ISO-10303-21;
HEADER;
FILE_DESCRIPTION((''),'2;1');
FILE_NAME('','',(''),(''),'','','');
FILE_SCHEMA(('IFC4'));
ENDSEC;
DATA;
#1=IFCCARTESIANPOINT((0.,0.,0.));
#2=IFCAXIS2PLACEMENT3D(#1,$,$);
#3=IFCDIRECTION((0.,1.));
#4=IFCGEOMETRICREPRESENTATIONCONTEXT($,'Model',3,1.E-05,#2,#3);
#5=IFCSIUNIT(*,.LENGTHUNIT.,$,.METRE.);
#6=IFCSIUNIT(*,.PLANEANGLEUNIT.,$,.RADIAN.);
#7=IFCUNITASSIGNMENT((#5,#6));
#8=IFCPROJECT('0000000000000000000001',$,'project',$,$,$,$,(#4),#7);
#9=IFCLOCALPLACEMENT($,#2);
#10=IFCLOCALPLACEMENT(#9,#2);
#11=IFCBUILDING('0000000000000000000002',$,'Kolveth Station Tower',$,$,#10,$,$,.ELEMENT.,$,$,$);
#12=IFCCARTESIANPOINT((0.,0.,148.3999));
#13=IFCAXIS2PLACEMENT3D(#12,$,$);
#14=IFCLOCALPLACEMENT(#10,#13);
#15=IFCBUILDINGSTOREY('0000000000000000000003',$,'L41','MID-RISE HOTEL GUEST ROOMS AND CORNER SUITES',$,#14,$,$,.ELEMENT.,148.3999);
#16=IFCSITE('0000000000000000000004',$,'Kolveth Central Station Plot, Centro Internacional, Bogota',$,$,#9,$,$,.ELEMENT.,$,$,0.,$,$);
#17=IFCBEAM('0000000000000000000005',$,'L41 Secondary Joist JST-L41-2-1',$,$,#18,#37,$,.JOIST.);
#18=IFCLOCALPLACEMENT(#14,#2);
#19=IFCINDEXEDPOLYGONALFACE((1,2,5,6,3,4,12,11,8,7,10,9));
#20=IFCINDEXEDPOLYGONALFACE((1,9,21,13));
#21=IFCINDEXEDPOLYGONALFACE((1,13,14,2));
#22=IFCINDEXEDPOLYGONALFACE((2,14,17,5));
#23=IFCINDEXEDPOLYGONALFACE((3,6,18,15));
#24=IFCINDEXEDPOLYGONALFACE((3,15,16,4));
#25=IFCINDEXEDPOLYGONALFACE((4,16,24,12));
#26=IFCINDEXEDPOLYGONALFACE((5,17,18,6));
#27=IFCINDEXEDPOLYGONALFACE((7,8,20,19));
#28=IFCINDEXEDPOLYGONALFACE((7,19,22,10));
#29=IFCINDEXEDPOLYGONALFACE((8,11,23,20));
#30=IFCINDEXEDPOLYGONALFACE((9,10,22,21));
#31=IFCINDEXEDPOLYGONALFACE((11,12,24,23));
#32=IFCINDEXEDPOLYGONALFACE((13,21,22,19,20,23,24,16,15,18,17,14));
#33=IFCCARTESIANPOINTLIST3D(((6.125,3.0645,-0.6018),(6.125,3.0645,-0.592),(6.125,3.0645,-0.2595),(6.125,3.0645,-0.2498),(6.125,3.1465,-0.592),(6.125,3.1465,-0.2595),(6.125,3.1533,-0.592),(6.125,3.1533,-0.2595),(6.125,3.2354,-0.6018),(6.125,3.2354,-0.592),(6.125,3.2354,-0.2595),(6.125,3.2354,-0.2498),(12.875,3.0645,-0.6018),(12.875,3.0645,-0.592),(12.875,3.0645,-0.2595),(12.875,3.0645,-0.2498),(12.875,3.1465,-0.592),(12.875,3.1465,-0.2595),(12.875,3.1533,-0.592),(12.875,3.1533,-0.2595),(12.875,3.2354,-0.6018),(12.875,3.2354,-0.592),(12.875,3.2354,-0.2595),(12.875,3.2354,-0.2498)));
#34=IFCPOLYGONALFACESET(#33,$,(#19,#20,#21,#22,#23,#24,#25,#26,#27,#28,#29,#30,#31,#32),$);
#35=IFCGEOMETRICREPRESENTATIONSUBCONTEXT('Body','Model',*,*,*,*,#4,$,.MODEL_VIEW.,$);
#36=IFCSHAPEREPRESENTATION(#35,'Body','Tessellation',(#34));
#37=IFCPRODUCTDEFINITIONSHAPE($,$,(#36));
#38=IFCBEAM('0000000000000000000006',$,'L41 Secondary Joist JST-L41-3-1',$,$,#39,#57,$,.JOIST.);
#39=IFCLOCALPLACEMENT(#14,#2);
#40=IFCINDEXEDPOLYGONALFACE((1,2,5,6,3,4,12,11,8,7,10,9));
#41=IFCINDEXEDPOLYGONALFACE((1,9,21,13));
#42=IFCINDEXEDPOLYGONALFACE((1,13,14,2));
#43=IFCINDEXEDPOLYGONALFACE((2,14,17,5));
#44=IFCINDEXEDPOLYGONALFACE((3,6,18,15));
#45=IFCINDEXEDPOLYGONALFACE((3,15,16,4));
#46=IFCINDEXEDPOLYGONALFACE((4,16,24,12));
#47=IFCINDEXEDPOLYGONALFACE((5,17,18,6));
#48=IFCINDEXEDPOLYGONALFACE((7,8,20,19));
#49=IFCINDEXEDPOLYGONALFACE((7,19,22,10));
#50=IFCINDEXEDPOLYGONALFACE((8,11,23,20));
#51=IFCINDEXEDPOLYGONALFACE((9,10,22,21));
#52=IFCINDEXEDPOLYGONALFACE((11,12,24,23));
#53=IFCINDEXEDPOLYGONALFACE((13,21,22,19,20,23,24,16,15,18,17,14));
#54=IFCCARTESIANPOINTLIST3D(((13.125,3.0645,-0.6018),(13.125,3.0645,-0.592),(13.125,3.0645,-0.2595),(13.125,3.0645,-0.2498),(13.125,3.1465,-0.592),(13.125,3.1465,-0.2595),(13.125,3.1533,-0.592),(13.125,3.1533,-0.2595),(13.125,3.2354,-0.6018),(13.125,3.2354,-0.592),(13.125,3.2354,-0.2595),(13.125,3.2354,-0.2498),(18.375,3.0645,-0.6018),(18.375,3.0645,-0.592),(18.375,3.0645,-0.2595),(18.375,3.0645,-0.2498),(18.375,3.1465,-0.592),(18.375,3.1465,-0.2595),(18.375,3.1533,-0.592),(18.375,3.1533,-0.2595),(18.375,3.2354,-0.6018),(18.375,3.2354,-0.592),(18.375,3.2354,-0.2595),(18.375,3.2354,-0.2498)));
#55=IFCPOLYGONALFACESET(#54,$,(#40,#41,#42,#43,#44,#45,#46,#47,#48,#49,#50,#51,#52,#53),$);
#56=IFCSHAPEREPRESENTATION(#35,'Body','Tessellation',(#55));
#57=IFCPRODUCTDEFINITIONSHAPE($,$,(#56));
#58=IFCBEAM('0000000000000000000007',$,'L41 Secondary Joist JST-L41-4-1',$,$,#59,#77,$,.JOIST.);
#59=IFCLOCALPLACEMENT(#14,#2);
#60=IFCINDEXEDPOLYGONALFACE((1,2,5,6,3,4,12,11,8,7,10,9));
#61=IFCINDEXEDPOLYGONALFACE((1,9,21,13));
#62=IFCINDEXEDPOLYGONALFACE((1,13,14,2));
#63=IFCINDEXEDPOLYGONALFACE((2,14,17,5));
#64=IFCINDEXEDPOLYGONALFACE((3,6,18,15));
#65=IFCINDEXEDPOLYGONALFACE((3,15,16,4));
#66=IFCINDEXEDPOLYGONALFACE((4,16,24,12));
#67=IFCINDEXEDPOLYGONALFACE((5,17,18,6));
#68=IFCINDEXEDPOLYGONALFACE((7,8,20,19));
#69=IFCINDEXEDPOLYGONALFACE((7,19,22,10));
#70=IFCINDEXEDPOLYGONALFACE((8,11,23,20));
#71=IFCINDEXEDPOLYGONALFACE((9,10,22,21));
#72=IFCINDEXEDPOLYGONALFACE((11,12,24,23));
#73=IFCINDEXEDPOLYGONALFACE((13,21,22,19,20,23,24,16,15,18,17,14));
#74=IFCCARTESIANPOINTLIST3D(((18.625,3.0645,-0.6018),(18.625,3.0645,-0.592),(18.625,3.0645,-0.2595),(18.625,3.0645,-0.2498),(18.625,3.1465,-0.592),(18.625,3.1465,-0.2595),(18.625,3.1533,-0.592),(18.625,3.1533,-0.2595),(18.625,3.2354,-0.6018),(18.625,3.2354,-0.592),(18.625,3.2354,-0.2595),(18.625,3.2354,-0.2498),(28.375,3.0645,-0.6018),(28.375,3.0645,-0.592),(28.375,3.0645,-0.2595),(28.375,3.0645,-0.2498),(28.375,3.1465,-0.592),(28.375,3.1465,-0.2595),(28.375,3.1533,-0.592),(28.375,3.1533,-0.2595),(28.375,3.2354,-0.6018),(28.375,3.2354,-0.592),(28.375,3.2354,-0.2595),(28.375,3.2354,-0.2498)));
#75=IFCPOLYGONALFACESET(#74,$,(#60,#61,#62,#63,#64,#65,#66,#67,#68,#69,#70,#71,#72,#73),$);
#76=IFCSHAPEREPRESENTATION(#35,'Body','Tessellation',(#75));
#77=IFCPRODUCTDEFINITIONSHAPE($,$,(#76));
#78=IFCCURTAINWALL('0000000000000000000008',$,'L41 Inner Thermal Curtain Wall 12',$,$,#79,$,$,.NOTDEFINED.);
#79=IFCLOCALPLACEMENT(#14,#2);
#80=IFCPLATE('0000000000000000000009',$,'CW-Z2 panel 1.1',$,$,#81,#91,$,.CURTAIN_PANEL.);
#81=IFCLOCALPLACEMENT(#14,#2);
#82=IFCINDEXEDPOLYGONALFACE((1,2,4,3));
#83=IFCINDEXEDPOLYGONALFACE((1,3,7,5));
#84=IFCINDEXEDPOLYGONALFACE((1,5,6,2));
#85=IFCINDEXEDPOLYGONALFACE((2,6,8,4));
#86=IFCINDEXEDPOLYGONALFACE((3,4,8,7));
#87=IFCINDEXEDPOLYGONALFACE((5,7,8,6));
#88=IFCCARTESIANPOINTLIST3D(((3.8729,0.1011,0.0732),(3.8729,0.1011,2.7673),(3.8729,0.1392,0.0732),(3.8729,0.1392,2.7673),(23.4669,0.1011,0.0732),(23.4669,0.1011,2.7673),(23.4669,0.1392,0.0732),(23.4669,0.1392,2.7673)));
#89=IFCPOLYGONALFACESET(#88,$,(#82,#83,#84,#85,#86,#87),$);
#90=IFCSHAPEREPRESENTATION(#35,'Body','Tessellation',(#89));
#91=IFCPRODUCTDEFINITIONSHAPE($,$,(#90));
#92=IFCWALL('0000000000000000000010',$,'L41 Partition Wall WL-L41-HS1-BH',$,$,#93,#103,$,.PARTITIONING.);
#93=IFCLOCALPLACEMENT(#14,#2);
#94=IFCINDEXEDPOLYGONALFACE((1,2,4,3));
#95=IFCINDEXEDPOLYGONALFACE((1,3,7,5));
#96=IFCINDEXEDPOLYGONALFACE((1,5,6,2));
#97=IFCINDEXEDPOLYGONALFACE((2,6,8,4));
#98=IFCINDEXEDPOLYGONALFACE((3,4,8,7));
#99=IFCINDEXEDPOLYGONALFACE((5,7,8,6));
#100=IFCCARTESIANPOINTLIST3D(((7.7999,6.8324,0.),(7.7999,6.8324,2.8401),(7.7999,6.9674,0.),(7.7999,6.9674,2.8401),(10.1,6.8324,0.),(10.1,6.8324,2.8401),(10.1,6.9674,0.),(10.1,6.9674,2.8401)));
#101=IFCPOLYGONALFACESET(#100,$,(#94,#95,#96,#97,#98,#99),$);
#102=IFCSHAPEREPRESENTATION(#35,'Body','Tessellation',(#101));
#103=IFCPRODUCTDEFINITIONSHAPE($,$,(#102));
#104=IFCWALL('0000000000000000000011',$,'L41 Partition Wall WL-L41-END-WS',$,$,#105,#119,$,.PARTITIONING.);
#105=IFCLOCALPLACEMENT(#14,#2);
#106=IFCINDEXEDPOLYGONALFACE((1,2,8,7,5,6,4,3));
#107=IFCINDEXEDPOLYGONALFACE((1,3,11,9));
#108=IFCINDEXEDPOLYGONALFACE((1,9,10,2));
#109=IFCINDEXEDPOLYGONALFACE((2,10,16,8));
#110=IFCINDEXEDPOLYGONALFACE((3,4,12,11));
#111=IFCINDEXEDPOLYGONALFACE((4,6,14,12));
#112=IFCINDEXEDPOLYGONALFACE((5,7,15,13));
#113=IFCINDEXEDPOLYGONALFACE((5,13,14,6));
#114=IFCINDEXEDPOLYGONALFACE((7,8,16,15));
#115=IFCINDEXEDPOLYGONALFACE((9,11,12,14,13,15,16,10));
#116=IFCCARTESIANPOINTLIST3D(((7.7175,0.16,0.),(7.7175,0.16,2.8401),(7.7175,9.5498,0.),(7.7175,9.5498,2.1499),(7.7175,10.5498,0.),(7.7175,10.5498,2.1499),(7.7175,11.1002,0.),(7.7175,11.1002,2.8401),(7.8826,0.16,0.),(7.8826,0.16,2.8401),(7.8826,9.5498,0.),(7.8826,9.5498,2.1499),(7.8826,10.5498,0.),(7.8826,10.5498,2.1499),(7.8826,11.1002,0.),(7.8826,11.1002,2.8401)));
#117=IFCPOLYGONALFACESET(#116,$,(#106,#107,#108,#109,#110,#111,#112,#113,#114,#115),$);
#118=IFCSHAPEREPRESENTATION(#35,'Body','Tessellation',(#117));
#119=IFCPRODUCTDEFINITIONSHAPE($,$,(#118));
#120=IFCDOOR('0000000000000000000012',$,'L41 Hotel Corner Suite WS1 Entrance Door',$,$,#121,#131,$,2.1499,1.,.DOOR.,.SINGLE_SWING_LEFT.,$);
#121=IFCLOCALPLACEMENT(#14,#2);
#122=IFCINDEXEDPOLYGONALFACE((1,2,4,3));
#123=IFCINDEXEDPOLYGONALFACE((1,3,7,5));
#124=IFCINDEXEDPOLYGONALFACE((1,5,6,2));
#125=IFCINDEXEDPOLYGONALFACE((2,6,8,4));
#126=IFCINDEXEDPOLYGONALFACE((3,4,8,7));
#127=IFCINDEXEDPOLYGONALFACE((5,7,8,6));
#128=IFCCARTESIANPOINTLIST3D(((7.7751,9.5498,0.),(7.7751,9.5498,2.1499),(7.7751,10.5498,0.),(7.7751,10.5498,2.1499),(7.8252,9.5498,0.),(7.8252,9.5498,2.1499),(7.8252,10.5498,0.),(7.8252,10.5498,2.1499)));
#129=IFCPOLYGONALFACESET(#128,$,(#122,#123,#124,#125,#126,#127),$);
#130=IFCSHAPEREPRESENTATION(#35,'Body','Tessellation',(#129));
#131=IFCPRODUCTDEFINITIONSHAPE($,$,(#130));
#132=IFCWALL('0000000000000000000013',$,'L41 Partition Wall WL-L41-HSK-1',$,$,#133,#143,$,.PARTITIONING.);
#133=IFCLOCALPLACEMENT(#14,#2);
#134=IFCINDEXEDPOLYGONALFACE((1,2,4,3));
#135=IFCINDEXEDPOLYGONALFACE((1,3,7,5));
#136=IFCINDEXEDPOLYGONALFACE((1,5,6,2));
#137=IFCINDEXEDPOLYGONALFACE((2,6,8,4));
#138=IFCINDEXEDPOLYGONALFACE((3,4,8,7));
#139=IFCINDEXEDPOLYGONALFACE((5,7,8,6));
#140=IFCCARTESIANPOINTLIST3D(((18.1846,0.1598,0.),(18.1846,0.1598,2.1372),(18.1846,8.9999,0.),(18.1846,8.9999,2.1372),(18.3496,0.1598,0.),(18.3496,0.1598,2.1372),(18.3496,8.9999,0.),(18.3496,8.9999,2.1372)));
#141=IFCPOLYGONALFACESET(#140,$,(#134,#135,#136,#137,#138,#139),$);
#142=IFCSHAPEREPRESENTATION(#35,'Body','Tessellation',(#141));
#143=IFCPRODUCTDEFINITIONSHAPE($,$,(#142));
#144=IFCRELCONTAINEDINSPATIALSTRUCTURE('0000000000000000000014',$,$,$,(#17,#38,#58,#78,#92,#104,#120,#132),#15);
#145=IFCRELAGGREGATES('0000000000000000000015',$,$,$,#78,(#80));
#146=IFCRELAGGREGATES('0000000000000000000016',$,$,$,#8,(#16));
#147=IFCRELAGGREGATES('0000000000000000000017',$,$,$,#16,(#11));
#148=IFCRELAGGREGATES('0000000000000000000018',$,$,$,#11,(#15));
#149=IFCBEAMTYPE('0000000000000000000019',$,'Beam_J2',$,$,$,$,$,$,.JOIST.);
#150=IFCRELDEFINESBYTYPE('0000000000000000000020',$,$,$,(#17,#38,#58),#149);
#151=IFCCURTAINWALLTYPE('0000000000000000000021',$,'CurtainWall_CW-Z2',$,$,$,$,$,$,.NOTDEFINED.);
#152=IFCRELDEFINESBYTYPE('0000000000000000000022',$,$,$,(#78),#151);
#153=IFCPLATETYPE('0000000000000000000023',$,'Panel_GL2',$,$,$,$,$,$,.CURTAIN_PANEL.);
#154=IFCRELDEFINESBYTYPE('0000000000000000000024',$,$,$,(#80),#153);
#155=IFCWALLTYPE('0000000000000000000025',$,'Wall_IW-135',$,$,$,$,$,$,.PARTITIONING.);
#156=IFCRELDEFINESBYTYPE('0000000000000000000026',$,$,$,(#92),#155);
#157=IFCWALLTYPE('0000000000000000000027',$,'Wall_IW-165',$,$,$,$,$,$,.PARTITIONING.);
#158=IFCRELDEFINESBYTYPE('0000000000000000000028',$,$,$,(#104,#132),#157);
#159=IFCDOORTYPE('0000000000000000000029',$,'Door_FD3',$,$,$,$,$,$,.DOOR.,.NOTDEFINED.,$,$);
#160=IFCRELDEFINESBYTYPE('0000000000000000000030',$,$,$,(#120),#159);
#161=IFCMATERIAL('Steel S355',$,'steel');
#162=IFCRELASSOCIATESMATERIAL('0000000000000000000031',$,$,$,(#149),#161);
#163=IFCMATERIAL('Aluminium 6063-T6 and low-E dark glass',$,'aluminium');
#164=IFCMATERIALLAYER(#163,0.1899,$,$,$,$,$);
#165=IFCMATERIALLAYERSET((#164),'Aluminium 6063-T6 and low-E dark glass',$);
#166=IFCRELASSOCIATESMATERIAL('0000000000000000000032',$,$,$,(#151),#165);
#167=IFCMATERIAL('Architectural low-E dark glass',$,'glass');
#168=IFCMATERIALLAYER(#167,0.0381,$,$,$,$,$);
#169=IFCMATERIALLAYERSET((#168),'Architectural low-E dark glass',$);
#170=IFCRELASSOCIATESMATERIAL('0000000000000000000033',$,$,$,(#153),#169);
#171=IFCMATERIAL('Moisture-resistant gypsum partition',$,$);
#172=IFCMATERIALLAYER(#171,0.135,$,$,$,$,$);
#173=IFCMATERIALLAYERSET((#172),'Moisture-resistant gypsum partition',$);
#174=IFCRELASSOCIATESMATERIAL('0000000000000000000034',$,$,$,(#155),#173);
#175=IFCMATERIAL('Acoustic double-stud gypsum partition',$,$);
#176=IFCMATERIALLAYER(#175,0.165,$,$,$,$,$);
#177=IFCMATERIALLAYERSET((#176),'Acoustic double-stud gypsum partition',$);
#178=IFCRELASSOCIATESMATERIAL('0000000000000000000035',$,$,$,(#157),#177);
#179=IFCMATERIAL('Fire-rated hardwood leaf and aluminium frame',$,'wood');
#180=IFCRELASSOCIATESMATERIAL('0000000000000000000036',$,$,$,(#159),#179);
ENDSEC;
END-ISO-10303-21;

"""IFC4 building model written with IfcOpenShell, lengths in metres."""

from ifc_helpers import new_model, si_unit, direction, frame, frame_2d, origin, origin_2d, place, context, subcontext, project, spatial, rectangle, i_section, extrude, source, transform, mapped, material, layer, layer_set, material_profile, profile_set, type_object, element, fill, aggregate, save


model = new_model("IFC4")

# Units and contexts
model_context = context("Model", 3, precision=1e-05, world=origin(), true_north=direction((0.0, 1.0)))
body_context = subcontext(model_context, "Body", "Model", "MODEL_VIEW")
ifc_project = project(units=[si_unit("LENGTHUNIT", "METRE"), si_unit("PLANEANGLEUNIT", "RADIAN")], contexts=[model_context])

# Site, building, storey
site_placement = place(None, origin())
site = spatial("IfcSite", under=ifc_project, at=site_placement, Name="Kolveth Central Station Plot, Centro Internacional, Bogota", CompositionType="ELEMENT", RefElevation=0.0)
building_placement = place(site_placement, origin())
building = spatial("IfcBuilding", under=site, at=building_placement, Name="Kolveth Station Tower", CompositionType="ELEMENT")
storey_placement = place(building_placement, frame((0.0, 0.0, 148.3999)))
storey = spatial("IfcBuildingStorey", under=building, at=storey_placement, Name="L41", Description="MID-RISE HOTEL GUEST ROOMS AND CORNER SUITES", CompositionType="ELEMENT", Elevation=148.3999)

# Beams
ifc_material_1 = material(Name="Steel S355", Category="steel")
ifc_material_profile_1 = material_profile(ifc_material_1, i_section(OverallWidth=0.1709, OverallDepth=0.3521, WebThickness=0.0068, FlangeThickness=0.0098, at=origin_2d()), Name="W360x44")
ifc_profile_set_1 = profile_set([ifc_material_profile_1], Name="Steel S355")
beam_type_1 = type_object("IfcBeamType", Name="Beam_J2", PredefinedType="JOIST", material=ifc_profile_set_1)
shared_shape_1 = source(origin(), body_context, "Body", "SweptSolid", [
    extrude(i_section(OverallWidth=0.1709, OverallDepth=0.3521, WebThickness=0.0068, FlangeThickness=0.0098, at=origin_2d()), origin(), (0.0, 0.0, 1.0), 6.75),
])
beam_1_placement = place(storey_placement, frame((6.125, 3.1499, -0.4258), z_axis=(1.0, 0.0, 0.0), x_axis=(0.0, 1.0, 0.0)))
element("IfcBeam", 1, at=beam_1_placement, inside=storey, type_object=beam_type_1, Name="L41 Secondary Joist JST-L41-2-1", PredefinedType="JOIST", context=body_context, shape_type="MappedRepresentation", body=[
    mapped(shared_shape_1, transform((0.0, 0.0, 0.0), x_axis=(1.0, 0.0, 0.0), y_axis=(0.0, 1.0, 0.0), z_axis=(0.0, 0.0, 1.0), scale=1.0)),
])
shared_shape_2 = source(origin(), body_context, "Body", "SweptSolid", [
    extrude(i_section(OverallWidth=0.1709, OverallDepth=0.3521, WebThickness=0.0068, FlangeThickness=0.0098, at=origin_2d()), origin(), (0.0, 0.0, 1.0), 5.25),
])
beam_2_placement = place(storey_placement, frame((13.125, 3.1499, -0.4258), z_axis=(1.0, 0.0, 0.0), x_axis=(0.0, 1.0, 0.0)))
element("IfcBeam", 2, at=beam_2_placement, inside=storey, type_object=beam_type_1, Name="L41 Secondary Joist JST-L41-3-1", PredefinedType="JOIST", context=body_context, shape_type="MappedRepresentation", body=[
    mapped(shared_shape_2, transform((0.0, 0.0, 0.0), x_axis=(1.0, 0.0, 0.0), y_axis=(0.0, 1.0, 0.0), z_axis=(0.0, 0.0, 1.0), scale=1.0)),
])
shared_shape_3 = source(origin(), body_context, "Body", "SweptSolid", [
    extrude(i_section(OverallWidth=0.1709, OverallDepth=0.3521, WebThickness=0.0068, FlangeThickness=0.0098, at=origin_2d()), origin(), (0.0, 0.0, 1.0), 9.75),
])
beam_3_placement = place(storey_placement, frame((18.625, 3.1499, -0.4258), z_axis=(1.0, 0.0, 0.0), x_axis=(0.0, 1.0, 0.0)))
element("IfcBeam", 3, at=beam_3_placement, inside=storey, type_object=beam_type_1, Name="L41 Secondary Joist JST-L41-4-1", PredefinedType="JOIST", context=body_context, shape_type="MappedRepresentation", body=[
    mapped(shared_shape_3, transform((0.0, 0.0, 0.0), x_axis=(1.0, 0.0, 0.0), y_axis=(0.0, 1.0, 0.0), z_axis=(0.0, 0.0, 1.0), scale=1.0)),
])

# Curtain wall, plate
ifc_material_2 = material(Name="Aluminium 6063-T6 and low-E dark glass", Category="aluminium")
ifc_layer_1 = layer(ifc_material_2, 0.1899)
ifc_layer_set_1 = layer_set([ifc_layer_1], Name="Aluminium 6063-T6 and low-E dark glass")
curtain_wall_type = type_object("IfcCurtainWallType", Name="CurtainWall_CW-Z2", PredefinedType="NOTDEFINED", material=ifc_layer_set_1)
curtain_wall_placement = place(storey_placement, origin())
curtain_wall = element("IfcCurtainWall", 4, at=curtain_wall_placement, inside=storey, type_object=curtain_wall_type, Name="L41 Inner Thermal Curtain Wall 12", PredefinedType="NOTDEFINED")
ifc_material_3 = material(Name="Architectural low-E dark glass", Category="glass")
ifc_layer_2 = layer(ifc_material_3, 0.0381)
ifc_layer_set_2 = layer_set([ifc_layer_2], Name="Architectural low-E dark glass")
plate_type = type_object("IfcPlateType", Name="Panel_GL2", PredefinedType="CURTAIN_PANEL", material=ifc_layer_set_2)
shared_shape_4 = source(origin(), body_context, "Body", "SweptSolid", [
    extrude(rectangle(XDim=19.594, YDim=0.0381, at=origin_2d()), origin(), (0.0, 0.0, 1.0), 2.6941),
])
plate_placement = place(storey_placement, frame((13.6699, 0.1201, 0.0732), z_axis=(0.0, 0.0, 1.0), x_axis=(1.0, 0.0, 0.0)))
plate = element("IfcPlate", 5, at=plate_placement, type_object=plate_type, Name="CW-Z2 panel 1.1", PredefinedType="CURTAIN_PANEL", context=body_context, shape_type="MappedRepresentation", body=[
    mapped(shared_shape_4, transform((0.0, 0.0, 0.0), x_axis=(1.0, 0.0, 0.0), y_axis=(0.0, 1.0, 0.0), z_axis=(0.0, 0.0, 1.0), scale=1.0)),
])
aggregate(curtain_wall, [plate])

# Wall
ifc_material_4 = material(Name="Moisture-resistant gypsum partition")
ifc_layer_3 = layer(ifc_material_4, 0.135)
ifc_layer_set_3 = layer_set([ifc_layer_3], Name="Moisture-resistant gypsum partition")
wall_type_1 = type_object("IfcWallType", Name="Wall_IW-135", PredefinedType="PARTITIONING", material=ifc_layer_set_3)
wall_1_placement = place(storey_placement, frame((7.8, 6.8999, 0.0), z_axis=(0.0, 0.0, 1.0), x_axis=(1.0, 0.0, 0.0)))
element("IfcWall", 6, at=wall_1_placement, inside=storey, type_object=wall_type_1, Name="L41 Partition Wall WL-L41-HS1-BH", PredefinedType="PARTITIONING", context=body_context, shape_type="SweptSolid", body=[
    extrude(rectangle(XDim=2.3, YDim=0.135, at=frame_2d((1.1499, 0.0))), origin(), (0.0, 0.0, 1.0), 2.8401),
])

# Wall, opening, door
ifc_material_5 = material(Name="Acoustic double-stud gypsum partition")
ifc_layer_4 = layer(ifc_material_5, 0.165)
ifc_layer_set_4 = layer_set([ifc_layer_4], Name="Acoustic double-stud gypsum partition")
wall_type_2 = type_object("IfcWallType", Name="Wall_IW-165", PredefinedType="PARTITIONING", material=ifc_layer_set_4)
wall_2_placement = place(storey_placement, frame((7.8, 0.1599, 0.0), z_axis=(0.0, 0.0, 1.0), x_axis=(0.0, 1.0, 0.0)))
wall_2 = element("IfcWall", 7, at=wall_2_placement, inside=storey, type_object=wall_type_2, Name="L41 Partition Wall WL-L41-END-WS", PredefinedType="PARTITIONING", context=body_context, shape_type="SweptSolid", body=[
    extrude(rectangle(XDim=10.9402, YDim=0.165, at=frame_2d((5.4702, 0.0))), origin(), (0.0, 0.0, 1.0), 2.8401),
])
opening_placement = place(wall_2_placement, frame((9.3899, 0.0, 0.0)))
opening = element("IfcOpeningElement", 8, at=opening_placement, cuts=wall_2, PredefinedType="OPENING", context=body_context, shape_type="SweptSolid", body=[
    extrude(rectangle(XDim=1.0, YDim=2.1499, at=frame_2d((0.5, 1.075))), frame((0.0, 0.0925, 0.0), z_axis=(0.0, -1.0, 0.0), x_axis=(1.0, 0.0, 0.0)), (0.0, 0.0, 1.0), 0.1851),
])
ifc_material_6 = material(Name="Fire-rated hardwood leaf and aluminium frame", Category="wood")
door_type = type_object("IfcDoorType", Name="Door_FD3", OperationType="NOTDEFINED", PredefinedType="DOOR", material=ifc_material_6)
door_placement = place(opening_placement, origin())
door = element("IfcDoor", 9, at=door_placement, inside=storey, type_object=door_type, Name="L41 Hotel Corner Suite WS1 Entrance Door", OperationType="SINGLE_SWING_LEFT", OverallHeight=2.1499, OverallWidth=1.0, PredefinedType="DOOR", context=body_context, shape_type="SweptSolid", body=[
    extrude(rectangle(XDim=1.0, YDim=2.1499, at=frame_2d((0.5, 1.075))), frame((0.0, 0.0249, 0.0), z_axis=(0.0, -1.0, 0.0), x_axis=(1.0, 0.0, 0.0)), (0.0, 0.0, 1.0), 0.05),
])
fill(opening, door)

# Wall
wall_3_placement = place(storey_placement, frame((18.2671, 0.1599, 0.0), z_axis=(0.0, 0.0, 1.0), x_axis=(0.0, 1.0, 0.0)))
element("IfcWall", 10, at=wall_3_placement, inside=storey, type_object=wall_type_2, Name="L41 Partition Wall WL-L41-HSK-1", PredefinedType="PARTITIONING", context=body_context, shape_type="SweptSolid", body=[
    extrude(rectangle(XDim=8.8401, YDim=0.165, at=frame_2d((4.4199, 0.0))), origin(), (0.0, 0.0, 1.0), 2.1372),
])

save(model, "model.ifc")
